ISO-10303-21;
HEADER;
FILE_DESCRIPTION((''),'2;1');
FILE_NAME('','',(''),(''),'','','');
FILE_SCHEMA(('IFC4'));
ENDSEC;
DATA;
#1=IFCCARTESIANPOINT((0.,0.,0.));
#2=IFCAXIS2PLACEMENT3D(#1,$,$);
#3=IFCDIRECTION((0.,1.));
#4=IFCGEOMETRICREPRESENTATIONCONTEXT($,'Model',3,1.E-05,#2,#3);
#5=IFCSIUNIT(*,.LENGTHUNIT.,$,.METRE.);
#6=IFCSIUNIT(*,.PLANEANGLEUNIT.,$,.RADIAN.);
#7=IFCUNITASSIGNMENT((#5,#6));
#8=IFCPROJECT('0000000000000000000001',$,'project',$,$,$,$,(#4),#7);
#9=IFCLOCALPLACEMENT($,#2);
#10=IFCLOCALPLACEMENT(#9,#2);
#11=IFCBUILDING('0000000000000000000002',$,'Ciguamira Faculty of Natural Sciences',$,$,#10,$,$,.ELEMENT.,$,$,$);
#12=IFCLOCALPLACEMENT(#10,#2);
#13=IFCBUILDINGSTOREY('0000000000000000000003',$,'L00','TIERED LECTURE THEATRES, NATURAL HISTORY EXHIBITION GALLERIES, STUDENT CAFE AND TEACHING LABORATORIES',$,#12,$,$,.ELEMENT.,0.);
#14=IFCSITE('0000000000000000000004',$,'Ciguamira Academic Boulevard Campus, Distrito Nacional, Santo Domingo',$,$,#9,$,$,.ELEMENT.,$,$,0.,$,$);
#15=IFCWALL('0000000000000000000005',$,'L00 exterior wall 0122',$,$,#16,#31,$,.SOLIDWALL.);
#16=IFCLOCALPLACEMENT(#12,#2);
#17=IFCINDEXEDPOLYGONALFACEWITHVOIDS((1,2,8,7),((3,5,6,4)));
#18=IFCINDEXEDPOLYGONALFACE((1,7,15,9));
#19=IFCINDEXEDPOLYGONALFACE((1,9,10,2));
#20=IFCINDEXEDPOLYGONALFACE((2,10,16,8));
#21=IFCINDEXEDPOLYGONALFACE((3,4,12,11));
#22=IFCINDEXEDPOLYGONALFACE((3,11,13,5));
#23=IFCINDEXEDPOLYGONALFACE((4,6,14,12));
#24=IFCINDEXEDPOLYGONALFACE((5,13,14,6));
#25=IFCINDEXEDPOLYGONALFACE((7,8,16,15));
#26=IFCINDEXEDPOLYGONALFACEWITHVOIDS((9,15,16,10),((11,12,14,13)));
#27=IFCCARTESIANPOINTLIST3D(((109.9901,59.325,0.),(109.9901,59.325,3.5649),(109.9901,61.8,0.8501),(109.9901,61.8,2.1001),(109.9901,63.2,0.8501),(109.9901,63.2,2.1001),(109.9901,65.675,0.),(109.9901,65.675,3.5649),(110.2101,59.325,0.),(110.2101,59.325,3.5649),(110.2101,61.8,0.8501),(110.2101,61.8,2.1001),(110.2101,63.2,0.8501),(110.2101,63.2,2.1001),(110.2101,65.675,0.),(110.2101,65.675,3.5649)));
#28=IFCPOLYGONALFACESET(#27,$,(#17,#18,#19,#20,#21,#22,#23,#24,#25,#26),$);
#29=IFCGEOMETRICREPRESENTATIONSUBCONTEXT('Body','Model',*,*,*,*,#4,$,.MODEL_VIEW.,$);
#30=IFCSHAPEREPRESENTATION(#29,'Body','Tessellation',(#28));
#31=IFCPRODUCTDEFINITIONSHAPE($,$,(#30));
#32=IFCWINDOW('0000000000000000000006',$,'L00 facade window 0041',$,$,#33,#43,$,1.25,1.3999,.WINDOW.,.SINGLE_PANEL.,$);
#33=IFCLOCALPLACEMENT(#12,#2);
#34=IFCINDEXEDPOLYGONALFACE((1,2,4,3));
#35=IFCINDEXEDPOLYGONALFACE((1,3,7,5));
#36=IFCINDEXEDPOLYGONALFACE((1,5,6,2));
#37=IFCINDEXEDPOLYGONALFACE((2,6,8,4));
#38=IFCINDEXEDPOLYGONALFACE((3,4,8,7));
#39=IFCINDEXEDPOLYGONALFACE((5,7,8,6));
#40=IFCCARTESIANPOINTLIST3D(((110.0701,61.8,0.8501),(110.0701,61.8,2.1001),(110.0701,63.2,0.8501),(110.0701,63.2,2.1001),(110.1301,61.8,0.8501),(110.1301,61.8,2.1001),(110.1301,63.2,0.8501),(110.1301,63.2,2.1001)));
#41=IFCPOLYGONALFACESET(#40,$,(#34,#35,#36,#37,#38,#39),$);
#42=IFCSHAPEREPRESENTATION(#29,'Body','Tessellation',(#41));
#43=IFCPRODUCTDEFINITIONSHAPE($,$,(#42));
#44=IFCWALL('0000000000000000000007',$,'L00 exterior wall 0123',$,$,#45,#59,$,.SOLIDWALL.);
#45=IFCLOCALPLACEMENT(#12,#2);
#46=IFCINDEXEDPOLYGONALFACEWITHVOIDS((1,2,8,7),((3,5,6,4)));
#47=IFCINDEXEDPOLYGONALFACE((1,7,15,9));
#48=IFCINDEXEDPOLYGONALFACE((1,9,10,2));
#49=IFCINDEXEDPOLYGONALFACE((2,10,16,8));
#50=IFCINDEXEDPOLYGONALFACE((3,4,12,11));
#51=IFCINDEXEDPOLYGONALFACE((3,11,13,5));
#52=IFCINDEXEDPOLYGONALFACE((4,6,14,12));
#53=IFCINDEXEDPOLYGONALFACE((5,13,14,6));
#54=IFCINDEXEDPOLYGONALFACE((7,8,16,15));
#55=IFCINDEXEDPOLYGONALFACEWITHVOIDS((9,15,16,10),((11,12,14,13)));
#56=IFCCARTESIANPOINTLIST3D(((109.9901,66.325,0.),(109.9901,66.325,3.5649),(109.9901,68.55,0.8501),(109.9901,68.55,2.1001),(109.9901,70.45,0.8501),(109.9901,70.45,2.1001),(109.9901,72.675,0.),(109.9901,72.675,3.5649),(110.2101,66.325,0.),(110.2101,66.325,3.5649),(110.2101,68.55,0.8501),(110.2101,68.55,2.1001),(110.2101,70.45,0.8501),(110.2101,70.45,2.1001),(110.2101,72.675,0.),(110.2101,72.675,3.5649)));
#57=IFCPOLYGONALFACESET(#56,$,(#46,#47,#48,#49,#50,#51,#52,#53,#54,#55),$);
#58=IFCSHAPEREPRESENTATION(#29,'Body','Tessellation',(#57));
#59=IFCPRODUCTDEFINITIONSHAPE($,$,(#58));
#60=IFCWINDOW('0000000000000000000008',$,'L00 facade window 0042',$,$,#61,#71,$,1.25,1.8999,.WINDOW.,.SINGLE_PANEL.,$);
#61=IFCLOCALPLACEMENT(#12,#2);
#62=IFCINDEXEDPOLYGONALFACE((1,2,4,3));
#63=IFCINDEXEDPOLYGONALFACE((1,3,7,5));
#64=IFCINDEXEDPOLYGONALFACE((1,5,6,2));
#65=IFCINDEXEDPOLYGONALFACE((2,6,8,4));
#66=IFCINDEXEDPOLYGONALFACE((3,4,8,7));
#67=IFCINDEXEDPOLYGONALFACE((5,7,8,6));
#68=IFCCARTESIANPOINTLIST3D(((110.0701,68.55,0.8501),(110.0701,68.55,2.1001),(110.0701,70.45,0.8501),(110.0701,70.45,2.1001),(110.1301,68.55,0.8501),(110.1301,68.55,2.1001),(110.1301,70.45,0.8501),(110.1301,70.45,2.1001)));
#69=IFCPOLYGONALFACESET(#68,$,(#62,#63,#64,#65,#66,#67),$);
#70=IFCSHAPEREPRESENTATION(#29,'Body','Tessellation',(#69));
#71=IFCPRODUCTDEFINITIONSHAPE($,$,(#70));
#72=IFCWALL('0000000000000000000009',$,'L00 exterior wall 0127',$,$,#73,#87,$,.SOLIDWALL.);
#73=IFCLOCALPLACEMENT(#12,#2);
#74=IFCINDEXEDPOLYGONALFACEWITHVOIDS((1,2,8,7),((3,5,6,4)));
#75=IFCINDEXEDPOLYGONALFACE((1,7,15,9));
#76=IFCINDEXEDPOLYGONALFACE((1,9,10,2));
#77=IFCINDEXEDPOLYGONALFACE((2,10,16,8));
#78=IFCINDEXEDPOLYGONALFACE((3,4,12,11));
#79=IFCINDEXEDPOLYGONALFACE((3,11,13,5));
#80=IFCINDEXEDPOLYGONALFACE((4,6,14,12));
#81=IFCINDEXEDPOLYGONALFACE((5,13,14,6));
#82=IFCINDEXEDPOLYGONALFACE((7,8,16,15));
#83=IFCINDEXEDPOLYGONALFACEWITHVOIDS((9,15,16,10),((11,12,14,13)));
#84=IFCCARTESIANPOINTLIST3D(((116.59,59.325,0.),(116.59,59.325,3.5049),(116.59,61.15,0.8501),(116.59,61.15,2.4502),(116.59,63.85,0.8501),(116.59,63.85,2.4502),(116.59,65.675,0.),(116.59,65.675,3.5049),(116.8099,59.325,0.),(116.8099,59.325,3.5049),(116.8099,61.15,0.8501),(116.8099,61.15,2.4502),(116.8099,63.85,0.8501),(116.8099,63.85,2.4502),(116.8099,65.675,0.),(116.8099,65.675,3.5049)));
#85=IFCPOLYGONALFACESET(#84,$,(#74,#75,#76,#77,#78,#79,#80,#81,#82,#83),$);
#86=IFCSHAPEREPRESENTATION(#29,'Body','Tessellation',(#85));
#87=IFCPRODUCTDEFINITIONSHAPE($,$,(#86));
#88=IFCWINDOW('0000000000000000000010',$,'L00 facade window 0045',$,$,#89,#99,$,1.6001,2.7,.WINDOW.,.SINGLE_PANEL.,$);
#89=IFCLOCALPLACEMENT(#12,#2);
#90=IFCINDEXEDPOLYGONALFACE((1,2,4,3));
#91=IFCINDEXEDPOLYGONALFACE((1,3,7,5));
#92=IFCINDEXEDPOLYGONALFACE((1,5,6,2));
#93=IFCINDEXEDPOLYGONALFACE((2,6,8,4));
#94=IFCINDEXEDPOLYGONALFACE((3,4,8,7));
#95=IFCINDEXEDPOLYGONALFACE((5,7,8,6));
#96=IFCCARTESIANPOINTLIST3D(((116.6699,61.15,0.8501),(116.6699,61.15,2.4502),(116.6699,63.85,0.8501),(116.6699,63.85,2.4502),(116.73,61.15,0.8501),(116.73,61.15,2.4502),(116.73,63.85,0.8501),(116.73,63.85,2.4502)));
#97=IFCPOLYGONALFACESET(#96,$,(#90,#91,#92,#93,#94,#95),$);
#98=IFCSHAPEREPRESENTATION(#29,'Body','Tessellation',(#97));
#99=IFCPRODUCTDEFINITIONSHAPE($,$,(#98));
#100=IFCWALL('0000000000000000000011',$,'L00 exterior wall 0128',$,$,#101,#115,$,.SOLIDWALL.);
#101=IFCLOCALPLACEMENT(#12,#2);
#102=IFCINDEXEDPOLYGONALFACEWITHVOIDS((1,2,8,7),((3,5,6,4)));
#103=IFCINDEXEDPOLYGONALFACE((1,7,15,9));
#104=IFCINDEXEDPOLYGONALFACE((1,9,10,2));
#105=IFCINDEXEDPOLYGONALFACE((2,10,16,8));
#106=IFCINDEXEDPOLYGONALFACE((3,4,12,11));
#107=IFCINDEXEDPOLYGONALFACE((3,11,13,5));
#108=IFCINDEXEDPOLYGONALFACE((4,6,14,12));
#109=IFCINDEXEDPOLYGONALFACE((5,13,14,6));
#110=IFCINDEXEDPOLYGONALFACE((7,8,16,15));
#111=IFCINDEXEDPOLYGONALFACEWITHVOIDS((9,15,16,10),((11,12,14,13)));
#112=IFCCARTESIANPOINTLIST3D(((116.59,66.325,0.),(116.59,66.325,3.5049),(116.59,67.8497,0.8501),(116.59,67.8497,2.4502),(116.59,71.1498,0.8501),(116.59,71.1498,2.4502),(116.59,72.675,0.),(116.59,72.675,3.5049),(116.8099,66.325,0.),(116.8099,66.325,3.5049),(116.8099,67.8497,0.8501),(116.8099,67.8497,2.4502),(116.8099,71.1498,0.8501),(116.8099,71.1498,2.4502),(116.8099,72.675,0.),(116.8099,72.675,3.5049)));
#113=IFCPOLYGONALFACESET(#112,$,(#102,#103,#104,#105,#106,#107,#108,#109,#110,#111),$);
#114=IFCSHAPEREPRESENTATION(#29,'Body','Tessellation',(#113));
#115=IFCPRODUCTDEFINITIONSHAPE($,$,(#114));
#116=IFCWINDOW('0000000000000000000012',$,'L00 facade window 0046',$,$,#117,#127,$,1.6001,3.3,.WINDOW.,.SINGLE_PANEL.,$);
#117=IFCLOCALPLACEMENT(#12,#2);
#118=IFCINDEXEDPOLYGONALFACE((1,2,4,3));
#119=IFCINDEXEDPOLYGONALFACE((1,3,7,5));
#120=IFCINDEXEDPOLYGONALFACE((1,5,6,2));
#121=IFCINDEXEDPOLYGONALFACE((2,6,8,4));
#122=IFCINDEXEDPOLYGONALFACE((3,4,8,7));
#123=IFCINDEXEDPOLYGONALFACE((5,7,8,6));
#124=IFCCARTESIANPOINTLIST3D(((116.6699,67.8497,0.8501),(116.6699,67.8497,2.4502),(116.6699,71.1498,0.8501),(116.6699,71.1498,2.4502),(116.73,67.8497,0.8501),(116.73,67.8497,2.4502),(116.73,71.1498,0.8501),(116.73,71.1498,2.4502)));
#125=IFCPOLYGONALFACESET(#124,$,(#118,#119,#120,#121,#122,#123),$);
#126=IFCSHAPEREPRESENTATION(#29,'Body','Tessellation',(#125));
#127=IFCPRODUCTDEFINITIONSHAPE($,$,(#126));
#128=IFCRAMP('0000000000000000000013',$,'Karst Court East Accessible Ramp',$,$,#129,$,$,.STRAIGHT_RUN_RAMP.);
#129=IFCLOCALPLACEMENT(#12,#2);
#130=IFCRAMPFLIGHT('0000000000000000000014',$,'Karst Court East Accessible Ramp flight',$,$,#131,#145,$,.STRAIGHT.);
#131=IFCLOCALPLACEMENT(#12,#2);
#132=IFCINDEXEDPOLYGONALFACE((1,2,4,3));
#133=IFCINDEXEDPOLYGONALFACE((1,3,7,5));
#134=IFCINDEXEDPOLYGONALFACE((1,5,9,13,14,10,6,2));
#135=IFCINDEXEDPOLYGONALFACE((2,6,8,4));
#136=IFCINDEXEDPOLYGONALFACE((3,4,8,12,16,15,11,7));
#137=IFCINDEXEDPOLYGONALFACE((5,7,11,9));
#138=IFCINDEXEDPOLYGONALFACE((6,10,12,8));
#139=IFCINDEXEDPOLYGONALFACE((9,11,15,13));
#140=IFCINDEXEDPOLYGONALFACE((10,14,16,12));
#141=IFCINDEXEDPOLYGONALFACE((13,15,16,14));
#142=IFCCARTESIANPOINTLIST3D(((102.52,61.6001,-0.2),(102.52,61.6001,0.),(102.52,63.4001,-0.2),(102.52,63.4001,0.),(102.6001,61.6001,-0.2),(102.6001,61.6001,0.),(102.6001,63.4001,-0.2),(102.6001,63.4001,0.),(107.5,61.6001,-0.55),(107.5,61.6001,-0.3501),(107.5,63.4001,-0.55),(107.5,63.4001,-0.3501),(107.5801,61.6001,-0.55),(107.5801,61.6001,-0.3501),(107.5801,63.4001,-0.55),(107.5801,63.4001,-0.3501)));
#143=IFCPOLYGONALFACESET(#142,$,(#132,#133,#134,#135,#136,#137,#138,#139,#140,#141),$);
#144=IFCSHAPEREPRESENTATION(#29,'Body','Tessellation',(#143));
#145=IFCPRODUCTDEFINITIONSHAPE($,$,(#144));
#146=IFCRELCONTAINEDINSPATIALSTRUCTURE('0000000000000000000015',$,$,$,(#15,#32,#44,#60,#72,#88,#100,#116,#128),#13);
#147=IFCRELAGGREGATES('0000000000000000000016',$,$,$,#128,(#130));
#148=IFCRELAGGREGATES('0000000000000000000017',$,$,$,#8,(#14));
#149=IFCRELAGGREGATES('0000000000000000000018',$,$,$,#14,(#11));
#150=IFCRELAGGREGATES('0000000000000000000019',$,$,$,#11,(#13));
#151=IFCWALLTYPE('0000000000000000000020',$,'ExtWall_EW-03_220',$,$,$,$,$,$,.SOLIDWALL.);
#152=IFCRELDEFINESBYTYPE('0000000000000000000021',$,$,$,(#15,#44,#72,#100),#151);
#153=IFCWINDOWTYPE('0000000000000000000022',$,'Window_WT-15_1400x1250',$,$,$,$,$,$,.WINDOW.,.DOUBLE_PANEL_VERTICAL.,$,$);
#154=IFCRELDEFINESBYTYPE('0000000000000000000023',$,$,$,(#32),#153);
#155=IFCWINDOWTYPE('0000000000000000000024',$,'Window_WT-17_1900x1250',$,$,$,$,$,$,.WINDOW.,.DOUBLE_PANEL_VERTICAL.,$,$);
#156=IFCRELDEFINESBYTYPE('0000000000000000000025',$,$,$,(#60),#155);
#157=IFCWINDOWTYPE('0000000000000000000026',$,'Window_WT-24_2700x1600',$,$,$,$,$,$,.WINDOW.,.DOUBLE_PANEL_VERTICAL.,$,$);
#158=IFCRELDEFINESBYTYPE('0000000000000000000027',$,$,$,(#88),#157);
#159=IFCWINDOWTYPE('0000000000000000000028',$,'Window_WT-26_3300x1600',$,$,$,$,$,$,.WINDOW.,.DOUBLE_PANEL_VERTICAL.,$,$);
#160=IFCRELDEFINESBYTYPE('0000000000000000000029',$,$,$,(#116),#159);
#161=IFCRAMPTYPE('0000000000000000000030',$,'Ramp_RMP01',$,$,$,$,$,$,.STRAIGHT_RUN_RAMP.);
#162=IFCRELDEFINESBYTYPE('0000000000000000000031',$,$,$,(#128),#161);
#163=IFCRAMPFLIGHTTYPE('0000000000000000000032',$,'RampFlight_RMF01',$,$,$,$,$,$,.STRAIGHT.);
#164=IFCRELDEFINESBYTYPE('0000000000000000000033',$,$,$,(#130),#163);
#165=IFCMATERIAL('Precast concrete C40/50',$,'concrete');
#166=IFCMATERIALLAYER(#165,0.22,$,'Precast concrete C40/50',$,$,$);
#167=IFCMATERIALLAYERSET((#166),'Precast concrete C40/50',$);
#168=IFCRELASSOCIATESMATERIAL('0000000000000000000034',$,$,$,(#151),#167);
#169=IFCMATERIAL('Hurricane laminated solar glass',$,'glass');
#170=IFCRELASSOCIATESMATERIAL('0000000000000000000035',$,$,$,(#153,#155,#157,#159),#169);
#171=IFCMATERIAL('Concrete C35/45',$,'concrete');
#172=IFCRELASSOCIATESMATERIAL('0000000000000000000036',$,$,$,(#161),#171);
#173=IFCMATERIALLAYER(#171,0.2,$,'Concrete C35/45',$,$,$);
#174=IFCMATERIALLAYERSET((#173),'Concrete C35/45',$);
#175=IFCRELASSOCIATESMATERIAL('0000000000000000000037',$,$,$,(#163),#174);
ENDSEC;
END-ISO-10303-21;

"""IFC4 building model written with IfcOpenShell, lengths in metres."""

from ifc_helpers import new_model, si_unit, direction, frame, frame_2d, origin, place, context, subcontext, project, spatial, polyline, rectangle, outline, extrude, material, layer, layer_set, type_object, element, fill, aggregate, save


model = new_model("IFC4")

# Units and contexts
model_context = context("Model", 3, precision=1e-05, world=origin(), true_north=direction((0.0, 1.0)))
body_context = subcontext(model_context, "Body", "Model", "MODEL_VIEW")
ifc_project = project(units=[si_unit("LENGTHUNIT", "METRE"), si_unit("PLANEANGLEUNIT", "RADIAN")], contexts=[model_context])

# Site, building, storey
site_placement = place(None, origin())
site = spatial("IfcSite", under=ifc_project, at=site_placement, Name="Ciguamira Academic Boulevard Campus, Distrito Nacional, Santo Domingo", CompositionType="ELEMENT", RefElevation=0.0)
building_placement = place(site_placement, origin())
building = spatial("IfcBuilding", under=site, at=building_placement, Name="Ciguamira Faculty of Natural Sciences", CompositionType="ELEMENT")
storey_placement = place(building_placement, origin())
storey = spatial("IfcBuildingStorey", under=building, at=storey_placement, Name="L00", Description="TIERED LECTURE THEATRES, NATURAL HISTORY EXHIBITION GALLERIES, STUDENT CAFE AND TEACHING LABORATORIES", CompositionType="ELEMENT", Elevation=0.0)

# Shared definitions
ifc_material_1 = material(Name="Precast concrete C40/50", Category="concrete")

# Walls, openings, windows
ifc_layer_1 = layer(ifc_material_1, 0.22, Name="Precast concrete C40/50")
ifc_layer_set_1 = layer_set([ifc_layer_1], Name="Precast concrete C40/50")
wall_type = type_object("IfcWallType", Name="ExtWall_EW-03_220", PredefinedType="SOLIDWALL", material=ifc_layer_set_1)
wall_1_placement = place(storey_placement, frame((110.1001, 59.325, 0.0), z_axis=(0.0, 0.0, 1.0), x_axis=(0.0, 1.0, 0.0)))
wall_1 = element("IfcWall", 1, at=wall_1_placement, inside=storey, type_object=wall_type, Name="L00 exterior wall 0122", PredefinedType="SOLIDWALL", context=body_context, shape_type="SweptSolid", body=[
    extrude(rectangle(XDim=6.3501, YDim=0.22, at=frame_2d((3.175, 0.0))), origin(), (0.0, 0.0, 1.0), 3.5649),
])
opening_1_placement = place(wall_1_placement, frame((2.4751, 0.0, 0.8501)))
opening_1 = element("IfcOpeningElement", 2, at=opening_1_placement, cuts=wall_1, PredefinedType="OPENING", context=body_context, shape_type="SweptSolid", body=[
    extrude(rectangle(XDim=1.3999, YDim=1.25, at=frame_2d((0.7, 0.625))), frame((0.0, 0.1199, 0.0), z_axis=(0.0, -1.0, 0.0), x_axis=(1.0, 0.0, 0.0)), (0.0, 0.0, 1.0), 0.24),
])
ifc_material_2 = material(Name="Hurricane laminated solar glass", Category="glass")
window_type_1 = type_object("IfcWindowType", Name="Window_WT-15_1400x1250", PartitioningType="DOUBLE_PANEL_VERTICAL", PredefinedType="WINDOW", material=ifc_material_2)
window_1_placement = place(opening_1_placement, origin())
window_1 = element("IfcWindow", 3, at=window_1_placement, inside=storey, type_object=window_type_1, Name="L00 facade window 0041", OverallHeight=1.25, OverallWidth=1.3999, PartitioningType="SINGLE_PANEL", PredefinedType="WINDOW", context=body_context, shape_type="SweptSolid", body=[
    extrude(rectangle(XDim=1.3999, YDim=1.25, at=frame_2d((0.7, 0.625))), frame((0.0, 0.03, 0.0), z_axis=(0.0, -1.0, 0.0), x_axis=(1.0, 0.0, 0.0)), (0.0, 0.0, 1.0), 0.0601),
])
fill(opening_1, window_1)
wall_2_placement = place(storey_placement, frame((110.1001, 66.325, 0.0), z_axis=(0.0, 0.0, 1.0), x_axis=(0.0, 1.0, 0.0)))
wall_2 = element("IfcWall", 4, at=wall_2_placement, inside=storey, type_object=wall_type, Name="L00 exterior wall 0123", PredefinedType="SOLIDWALL", context=body_context, shape_type="SweptSolid", body=[
    extrude(rectangle(XDim=6.3501, YDim=0.22, at=frame_2d((3.175, 0.0))), origin(), (0.0, 0.0, 1.0), 3.5649),
])
opening_2_placement = place(wall_2_placement, frame((2.2251, 0.0, 0.8501)))
opening_2 = element("IfcOpeningElement", 5, at=opening_2_placement, cuts=wall_2, PredefinedType="OPENING", context=body_context, shape_type="SweptSolid", body=[
    extrude(rectangle(XDim=1.8999, YDim=1.25, at=frame_2d((0.95, 0.625))), frame((0.0, 0.1199, 0.0), z_axis=(0.0, -1.0, 0.0), x_axis=(1.0, 0.0, 0.0)), (0.0, 0.0, 1.0), 0.24),
])
window_type_2 = type_object("IfcWindowType", Name="Window_WT-17_1900x1250", PartitioningType="DOUBLE_PANEL_VERTICAL", PredefinedType="WINDOW", material=ifc_material_2)
window_2_placement = place(opening_2_placement, origin())
window_2 = element("IfcWindow", 6, at=window_2_placement, inside=storey, type_object=window_type_2, Name="L00 facade window 0042", OverallHeight=1.25, OverallWidth=1.8999, PartitioningType="SINGLE_PANEL", PredefinedType="WINDOW", context=body_context, shape_type="SweptSolid", body=[
    extrude(rectangle(XDim=1.8999, YDim=1.25, at=frame_2d((0.95, 0.625))), frame((0.0, 0.03, 0.0), z_axis=(0.0, -1.0, 0.0), x_axis=(1.0, 0.0, 0.0)), (0.0, 0.0, 1.0), 0.0601),
])
fill(opening_2, window_2)
wall_3_placement = place(storey_placement, frame((116.7, 59.325, 0.0), z_axis=(0.0, 0.0, 1.0), x_axis=(0.0, 1.0, 0.0)))
wall_3 = element("IfcWall", 7, at=wall_3_placement, inside=storey, type_object=wall_type, Name="L00 exterior wall 0127", PredefinedType="SOLIDWALL", context=body_context, shape_type="SweptSolid", body=[
    extrude(rectangle(XDim=6.3501, YDim=0.22, at=frame_2d((3.175, 0.0))), origin(), (0.0, 0.0, 1.0), 3.5049),
])
opening_3_placement = place(wall_3_placement, frame((1.825, 0.0, 0.8501)))
opening_3 = element("IfcOpeningElement", 8, at=opening_3_placement, cuts=wall_3, PredefinedType="OPENING", context=body_context, shape_type="SweptSolid", body=[
    extrude(rectangle(XDim=2.7, YDim=1.6001, at=frame_2d((1.3501, 0.8))), frame((0.0, 0.1199, 0.0), z_axis=(0.0, -1.0, 0.0), x_axis=(1.0, 0.0, 0.0)), (0.0, 0.0, 1.0), 0.24),
])
window_type_3 = type_object("IfcWindowType", Name="Window_WT-24_2700x1600", PartitioningType="DOUBLE_PANEL_VERTICAL", PredefinedType="WINDOW", material=ifc_material_2)
window_3_placement = place(opening_3_placement, origin())
window_3 = element("IfcWindow", 9, at=window_3_placement, inside=storey, type_object=window_type_3, Name="L00 facade window 0045", OverallHeight=1.6001, OverallWidth=2.7, PartitioningType="SINGLE_PANEL", PredefinedType="WINDOW", context=body_context, shape_type="SweptSolid", body=[
    extrude(rectangle(XDim=2.7, YDim=1.6001, at=frame_2d((1.3501, 0.8))), frame((0.0, 0.03, 0.0), z_axis=(0.0, -1.0, 0.0), x_axis=(1.0, 0.0, 0.0)), (0.0, 0.0, 1.0), 0.0601),
])
fill(opening_3, window_3)
wall_4_placement = place(storey_placement, frame((116.7, 66.325, 0.0), z_axis=(0.0, 0.0, 1.0), x_axis=(0.0, 1.0, 0.0)))
wall_4 = element("IfcWall", 10, at=wall_4_placement, inside=storey, type_object=wall_type, Name="L00 exterior wall 0128", PredefinedType="SOLIDWALL", context=body_context, shape_type="SweptSolid", body=[
    extrude(rectangle(XDim=6.3501, YDim=0.22, at=frame_2d((3.175, 0.0))), origin(), (0.0, 0.0, 1.0), 3.5049),
])
opening_4_placement = place(wall_4_placement, frame((1.5249, 0.0, 0.8501)))
opening_4 = element("IfcOpeningElement", 11, at=opening_4_placement, cuts=wall_4, PredefinedType="OPENING", context=body_context, shape_type="SweptSolid", body=[
    extrude(rectangle(XDim=3.3, YDim=1.6001, at=frame_2d((1.6499, 0.8))), frame((0.0, 0.1199, 0.0), z_axis=(0.0, -1.0, 0.0), x_axis=(1.0, 0.0, 0.0)), (0.0, 0.0, 1.0), 0.24),
])
window_type_4 = type_object("IfcWindowType", Name="Window_WT-26_3300x1600", PartitioningType="DOUBLE_PANEL_VERTICAL", PredefinedType="WINDOW", material=ifc_material_2)
window_4_placement = place(opening_4_placement, origin())
window_4 = element("IfcWindow", 12, at=window_4_placement, inside=storey, type_object=window_type_4, Name="L00 facade window 0046", OverallHeight=1.6001, OverallWidth=3.3, PartitioningType="SINGLE_PANEL", PredefinedType="WINDOW", context=body_context, shape_type="SweptSolid", body=[
    extrude(rectangle(XDim=3.3, YDim=1.6001, at=frame_2d((1.6499, 0.8))), frame((0.0, 0.03, 0.0), z_axis=(0.0, -1.0, 0.0), x_axis=(1.0, 0.0, 0.0)), (0.0, 0.0, 1.0), 0.0601),
])
fill(opening_4, window_4)

# Ramp, ramp flight
ifc_material_3 = material(Name="Concrete C35/45", Category="concrete")
ramp_type = type_object("IfcRampType", Name="Ramp_RMP01", PredefinedType="STRAIGHT_RUN_RAMP", material=ifc_material_3)
ramp_placement = place(storey_placement, origin())
ramp = element("IfcRamp", 13, at=ramp_placement, inside=storey, type_object=ramp_type, Name="Karst Court East Accessible Ramp", PredefinedType="STRAIGHT_RUN_RAMP")
ifc_layer_2 = layer(ifc_material_3, 0.2, Name="Concrete C35/45")
ifc_layer_set_2 = layer_set([ifc_layer_2], Name="Concrete C35/45")
ramp_flight_type = type_object("IfcRampFlightType", Name="RampFlight_RMF01", PredefinedType="STRAIGHT", material=ifc_layer_set_2)
ramp_flight_placement = place(storey_placement, frame((107.5, 62.5, -0.3501), z_axis=(0.0, 0.0, 1.0), x_axis=(-1.0, 0.0, 0.0)))
ramp_flight = element("IfcRampFlight", 14, at=ramp_flight_placement, type_object=ramp_flight_type, Name="Karst Court East Accessible Ramp flight", PredefinedType="STRAIGHT", context=body_context, shape_type="SweptSolid", body=[
    extrude(outline(polyline([(-0.0801, -0.2), (-0.0801, 0.0), (0.0, 0.0), (4.8999, 0.3501), (4.98, 0.3501), (4.98, 0.1501), (4.8999, 0.1501), (0.0, -0.2), (-0.0801, -0.2)])), frame((0.0, 0.8999, 0.0), z_axis=(0.0, -1.0, 0.0), x_axis=(1.0, 0.0, 0.0)), (0.0, 0.0, 1.0), 1.8),
])
aggregate(ramp, [ramp_flight])

save(model, "model.ifc")
